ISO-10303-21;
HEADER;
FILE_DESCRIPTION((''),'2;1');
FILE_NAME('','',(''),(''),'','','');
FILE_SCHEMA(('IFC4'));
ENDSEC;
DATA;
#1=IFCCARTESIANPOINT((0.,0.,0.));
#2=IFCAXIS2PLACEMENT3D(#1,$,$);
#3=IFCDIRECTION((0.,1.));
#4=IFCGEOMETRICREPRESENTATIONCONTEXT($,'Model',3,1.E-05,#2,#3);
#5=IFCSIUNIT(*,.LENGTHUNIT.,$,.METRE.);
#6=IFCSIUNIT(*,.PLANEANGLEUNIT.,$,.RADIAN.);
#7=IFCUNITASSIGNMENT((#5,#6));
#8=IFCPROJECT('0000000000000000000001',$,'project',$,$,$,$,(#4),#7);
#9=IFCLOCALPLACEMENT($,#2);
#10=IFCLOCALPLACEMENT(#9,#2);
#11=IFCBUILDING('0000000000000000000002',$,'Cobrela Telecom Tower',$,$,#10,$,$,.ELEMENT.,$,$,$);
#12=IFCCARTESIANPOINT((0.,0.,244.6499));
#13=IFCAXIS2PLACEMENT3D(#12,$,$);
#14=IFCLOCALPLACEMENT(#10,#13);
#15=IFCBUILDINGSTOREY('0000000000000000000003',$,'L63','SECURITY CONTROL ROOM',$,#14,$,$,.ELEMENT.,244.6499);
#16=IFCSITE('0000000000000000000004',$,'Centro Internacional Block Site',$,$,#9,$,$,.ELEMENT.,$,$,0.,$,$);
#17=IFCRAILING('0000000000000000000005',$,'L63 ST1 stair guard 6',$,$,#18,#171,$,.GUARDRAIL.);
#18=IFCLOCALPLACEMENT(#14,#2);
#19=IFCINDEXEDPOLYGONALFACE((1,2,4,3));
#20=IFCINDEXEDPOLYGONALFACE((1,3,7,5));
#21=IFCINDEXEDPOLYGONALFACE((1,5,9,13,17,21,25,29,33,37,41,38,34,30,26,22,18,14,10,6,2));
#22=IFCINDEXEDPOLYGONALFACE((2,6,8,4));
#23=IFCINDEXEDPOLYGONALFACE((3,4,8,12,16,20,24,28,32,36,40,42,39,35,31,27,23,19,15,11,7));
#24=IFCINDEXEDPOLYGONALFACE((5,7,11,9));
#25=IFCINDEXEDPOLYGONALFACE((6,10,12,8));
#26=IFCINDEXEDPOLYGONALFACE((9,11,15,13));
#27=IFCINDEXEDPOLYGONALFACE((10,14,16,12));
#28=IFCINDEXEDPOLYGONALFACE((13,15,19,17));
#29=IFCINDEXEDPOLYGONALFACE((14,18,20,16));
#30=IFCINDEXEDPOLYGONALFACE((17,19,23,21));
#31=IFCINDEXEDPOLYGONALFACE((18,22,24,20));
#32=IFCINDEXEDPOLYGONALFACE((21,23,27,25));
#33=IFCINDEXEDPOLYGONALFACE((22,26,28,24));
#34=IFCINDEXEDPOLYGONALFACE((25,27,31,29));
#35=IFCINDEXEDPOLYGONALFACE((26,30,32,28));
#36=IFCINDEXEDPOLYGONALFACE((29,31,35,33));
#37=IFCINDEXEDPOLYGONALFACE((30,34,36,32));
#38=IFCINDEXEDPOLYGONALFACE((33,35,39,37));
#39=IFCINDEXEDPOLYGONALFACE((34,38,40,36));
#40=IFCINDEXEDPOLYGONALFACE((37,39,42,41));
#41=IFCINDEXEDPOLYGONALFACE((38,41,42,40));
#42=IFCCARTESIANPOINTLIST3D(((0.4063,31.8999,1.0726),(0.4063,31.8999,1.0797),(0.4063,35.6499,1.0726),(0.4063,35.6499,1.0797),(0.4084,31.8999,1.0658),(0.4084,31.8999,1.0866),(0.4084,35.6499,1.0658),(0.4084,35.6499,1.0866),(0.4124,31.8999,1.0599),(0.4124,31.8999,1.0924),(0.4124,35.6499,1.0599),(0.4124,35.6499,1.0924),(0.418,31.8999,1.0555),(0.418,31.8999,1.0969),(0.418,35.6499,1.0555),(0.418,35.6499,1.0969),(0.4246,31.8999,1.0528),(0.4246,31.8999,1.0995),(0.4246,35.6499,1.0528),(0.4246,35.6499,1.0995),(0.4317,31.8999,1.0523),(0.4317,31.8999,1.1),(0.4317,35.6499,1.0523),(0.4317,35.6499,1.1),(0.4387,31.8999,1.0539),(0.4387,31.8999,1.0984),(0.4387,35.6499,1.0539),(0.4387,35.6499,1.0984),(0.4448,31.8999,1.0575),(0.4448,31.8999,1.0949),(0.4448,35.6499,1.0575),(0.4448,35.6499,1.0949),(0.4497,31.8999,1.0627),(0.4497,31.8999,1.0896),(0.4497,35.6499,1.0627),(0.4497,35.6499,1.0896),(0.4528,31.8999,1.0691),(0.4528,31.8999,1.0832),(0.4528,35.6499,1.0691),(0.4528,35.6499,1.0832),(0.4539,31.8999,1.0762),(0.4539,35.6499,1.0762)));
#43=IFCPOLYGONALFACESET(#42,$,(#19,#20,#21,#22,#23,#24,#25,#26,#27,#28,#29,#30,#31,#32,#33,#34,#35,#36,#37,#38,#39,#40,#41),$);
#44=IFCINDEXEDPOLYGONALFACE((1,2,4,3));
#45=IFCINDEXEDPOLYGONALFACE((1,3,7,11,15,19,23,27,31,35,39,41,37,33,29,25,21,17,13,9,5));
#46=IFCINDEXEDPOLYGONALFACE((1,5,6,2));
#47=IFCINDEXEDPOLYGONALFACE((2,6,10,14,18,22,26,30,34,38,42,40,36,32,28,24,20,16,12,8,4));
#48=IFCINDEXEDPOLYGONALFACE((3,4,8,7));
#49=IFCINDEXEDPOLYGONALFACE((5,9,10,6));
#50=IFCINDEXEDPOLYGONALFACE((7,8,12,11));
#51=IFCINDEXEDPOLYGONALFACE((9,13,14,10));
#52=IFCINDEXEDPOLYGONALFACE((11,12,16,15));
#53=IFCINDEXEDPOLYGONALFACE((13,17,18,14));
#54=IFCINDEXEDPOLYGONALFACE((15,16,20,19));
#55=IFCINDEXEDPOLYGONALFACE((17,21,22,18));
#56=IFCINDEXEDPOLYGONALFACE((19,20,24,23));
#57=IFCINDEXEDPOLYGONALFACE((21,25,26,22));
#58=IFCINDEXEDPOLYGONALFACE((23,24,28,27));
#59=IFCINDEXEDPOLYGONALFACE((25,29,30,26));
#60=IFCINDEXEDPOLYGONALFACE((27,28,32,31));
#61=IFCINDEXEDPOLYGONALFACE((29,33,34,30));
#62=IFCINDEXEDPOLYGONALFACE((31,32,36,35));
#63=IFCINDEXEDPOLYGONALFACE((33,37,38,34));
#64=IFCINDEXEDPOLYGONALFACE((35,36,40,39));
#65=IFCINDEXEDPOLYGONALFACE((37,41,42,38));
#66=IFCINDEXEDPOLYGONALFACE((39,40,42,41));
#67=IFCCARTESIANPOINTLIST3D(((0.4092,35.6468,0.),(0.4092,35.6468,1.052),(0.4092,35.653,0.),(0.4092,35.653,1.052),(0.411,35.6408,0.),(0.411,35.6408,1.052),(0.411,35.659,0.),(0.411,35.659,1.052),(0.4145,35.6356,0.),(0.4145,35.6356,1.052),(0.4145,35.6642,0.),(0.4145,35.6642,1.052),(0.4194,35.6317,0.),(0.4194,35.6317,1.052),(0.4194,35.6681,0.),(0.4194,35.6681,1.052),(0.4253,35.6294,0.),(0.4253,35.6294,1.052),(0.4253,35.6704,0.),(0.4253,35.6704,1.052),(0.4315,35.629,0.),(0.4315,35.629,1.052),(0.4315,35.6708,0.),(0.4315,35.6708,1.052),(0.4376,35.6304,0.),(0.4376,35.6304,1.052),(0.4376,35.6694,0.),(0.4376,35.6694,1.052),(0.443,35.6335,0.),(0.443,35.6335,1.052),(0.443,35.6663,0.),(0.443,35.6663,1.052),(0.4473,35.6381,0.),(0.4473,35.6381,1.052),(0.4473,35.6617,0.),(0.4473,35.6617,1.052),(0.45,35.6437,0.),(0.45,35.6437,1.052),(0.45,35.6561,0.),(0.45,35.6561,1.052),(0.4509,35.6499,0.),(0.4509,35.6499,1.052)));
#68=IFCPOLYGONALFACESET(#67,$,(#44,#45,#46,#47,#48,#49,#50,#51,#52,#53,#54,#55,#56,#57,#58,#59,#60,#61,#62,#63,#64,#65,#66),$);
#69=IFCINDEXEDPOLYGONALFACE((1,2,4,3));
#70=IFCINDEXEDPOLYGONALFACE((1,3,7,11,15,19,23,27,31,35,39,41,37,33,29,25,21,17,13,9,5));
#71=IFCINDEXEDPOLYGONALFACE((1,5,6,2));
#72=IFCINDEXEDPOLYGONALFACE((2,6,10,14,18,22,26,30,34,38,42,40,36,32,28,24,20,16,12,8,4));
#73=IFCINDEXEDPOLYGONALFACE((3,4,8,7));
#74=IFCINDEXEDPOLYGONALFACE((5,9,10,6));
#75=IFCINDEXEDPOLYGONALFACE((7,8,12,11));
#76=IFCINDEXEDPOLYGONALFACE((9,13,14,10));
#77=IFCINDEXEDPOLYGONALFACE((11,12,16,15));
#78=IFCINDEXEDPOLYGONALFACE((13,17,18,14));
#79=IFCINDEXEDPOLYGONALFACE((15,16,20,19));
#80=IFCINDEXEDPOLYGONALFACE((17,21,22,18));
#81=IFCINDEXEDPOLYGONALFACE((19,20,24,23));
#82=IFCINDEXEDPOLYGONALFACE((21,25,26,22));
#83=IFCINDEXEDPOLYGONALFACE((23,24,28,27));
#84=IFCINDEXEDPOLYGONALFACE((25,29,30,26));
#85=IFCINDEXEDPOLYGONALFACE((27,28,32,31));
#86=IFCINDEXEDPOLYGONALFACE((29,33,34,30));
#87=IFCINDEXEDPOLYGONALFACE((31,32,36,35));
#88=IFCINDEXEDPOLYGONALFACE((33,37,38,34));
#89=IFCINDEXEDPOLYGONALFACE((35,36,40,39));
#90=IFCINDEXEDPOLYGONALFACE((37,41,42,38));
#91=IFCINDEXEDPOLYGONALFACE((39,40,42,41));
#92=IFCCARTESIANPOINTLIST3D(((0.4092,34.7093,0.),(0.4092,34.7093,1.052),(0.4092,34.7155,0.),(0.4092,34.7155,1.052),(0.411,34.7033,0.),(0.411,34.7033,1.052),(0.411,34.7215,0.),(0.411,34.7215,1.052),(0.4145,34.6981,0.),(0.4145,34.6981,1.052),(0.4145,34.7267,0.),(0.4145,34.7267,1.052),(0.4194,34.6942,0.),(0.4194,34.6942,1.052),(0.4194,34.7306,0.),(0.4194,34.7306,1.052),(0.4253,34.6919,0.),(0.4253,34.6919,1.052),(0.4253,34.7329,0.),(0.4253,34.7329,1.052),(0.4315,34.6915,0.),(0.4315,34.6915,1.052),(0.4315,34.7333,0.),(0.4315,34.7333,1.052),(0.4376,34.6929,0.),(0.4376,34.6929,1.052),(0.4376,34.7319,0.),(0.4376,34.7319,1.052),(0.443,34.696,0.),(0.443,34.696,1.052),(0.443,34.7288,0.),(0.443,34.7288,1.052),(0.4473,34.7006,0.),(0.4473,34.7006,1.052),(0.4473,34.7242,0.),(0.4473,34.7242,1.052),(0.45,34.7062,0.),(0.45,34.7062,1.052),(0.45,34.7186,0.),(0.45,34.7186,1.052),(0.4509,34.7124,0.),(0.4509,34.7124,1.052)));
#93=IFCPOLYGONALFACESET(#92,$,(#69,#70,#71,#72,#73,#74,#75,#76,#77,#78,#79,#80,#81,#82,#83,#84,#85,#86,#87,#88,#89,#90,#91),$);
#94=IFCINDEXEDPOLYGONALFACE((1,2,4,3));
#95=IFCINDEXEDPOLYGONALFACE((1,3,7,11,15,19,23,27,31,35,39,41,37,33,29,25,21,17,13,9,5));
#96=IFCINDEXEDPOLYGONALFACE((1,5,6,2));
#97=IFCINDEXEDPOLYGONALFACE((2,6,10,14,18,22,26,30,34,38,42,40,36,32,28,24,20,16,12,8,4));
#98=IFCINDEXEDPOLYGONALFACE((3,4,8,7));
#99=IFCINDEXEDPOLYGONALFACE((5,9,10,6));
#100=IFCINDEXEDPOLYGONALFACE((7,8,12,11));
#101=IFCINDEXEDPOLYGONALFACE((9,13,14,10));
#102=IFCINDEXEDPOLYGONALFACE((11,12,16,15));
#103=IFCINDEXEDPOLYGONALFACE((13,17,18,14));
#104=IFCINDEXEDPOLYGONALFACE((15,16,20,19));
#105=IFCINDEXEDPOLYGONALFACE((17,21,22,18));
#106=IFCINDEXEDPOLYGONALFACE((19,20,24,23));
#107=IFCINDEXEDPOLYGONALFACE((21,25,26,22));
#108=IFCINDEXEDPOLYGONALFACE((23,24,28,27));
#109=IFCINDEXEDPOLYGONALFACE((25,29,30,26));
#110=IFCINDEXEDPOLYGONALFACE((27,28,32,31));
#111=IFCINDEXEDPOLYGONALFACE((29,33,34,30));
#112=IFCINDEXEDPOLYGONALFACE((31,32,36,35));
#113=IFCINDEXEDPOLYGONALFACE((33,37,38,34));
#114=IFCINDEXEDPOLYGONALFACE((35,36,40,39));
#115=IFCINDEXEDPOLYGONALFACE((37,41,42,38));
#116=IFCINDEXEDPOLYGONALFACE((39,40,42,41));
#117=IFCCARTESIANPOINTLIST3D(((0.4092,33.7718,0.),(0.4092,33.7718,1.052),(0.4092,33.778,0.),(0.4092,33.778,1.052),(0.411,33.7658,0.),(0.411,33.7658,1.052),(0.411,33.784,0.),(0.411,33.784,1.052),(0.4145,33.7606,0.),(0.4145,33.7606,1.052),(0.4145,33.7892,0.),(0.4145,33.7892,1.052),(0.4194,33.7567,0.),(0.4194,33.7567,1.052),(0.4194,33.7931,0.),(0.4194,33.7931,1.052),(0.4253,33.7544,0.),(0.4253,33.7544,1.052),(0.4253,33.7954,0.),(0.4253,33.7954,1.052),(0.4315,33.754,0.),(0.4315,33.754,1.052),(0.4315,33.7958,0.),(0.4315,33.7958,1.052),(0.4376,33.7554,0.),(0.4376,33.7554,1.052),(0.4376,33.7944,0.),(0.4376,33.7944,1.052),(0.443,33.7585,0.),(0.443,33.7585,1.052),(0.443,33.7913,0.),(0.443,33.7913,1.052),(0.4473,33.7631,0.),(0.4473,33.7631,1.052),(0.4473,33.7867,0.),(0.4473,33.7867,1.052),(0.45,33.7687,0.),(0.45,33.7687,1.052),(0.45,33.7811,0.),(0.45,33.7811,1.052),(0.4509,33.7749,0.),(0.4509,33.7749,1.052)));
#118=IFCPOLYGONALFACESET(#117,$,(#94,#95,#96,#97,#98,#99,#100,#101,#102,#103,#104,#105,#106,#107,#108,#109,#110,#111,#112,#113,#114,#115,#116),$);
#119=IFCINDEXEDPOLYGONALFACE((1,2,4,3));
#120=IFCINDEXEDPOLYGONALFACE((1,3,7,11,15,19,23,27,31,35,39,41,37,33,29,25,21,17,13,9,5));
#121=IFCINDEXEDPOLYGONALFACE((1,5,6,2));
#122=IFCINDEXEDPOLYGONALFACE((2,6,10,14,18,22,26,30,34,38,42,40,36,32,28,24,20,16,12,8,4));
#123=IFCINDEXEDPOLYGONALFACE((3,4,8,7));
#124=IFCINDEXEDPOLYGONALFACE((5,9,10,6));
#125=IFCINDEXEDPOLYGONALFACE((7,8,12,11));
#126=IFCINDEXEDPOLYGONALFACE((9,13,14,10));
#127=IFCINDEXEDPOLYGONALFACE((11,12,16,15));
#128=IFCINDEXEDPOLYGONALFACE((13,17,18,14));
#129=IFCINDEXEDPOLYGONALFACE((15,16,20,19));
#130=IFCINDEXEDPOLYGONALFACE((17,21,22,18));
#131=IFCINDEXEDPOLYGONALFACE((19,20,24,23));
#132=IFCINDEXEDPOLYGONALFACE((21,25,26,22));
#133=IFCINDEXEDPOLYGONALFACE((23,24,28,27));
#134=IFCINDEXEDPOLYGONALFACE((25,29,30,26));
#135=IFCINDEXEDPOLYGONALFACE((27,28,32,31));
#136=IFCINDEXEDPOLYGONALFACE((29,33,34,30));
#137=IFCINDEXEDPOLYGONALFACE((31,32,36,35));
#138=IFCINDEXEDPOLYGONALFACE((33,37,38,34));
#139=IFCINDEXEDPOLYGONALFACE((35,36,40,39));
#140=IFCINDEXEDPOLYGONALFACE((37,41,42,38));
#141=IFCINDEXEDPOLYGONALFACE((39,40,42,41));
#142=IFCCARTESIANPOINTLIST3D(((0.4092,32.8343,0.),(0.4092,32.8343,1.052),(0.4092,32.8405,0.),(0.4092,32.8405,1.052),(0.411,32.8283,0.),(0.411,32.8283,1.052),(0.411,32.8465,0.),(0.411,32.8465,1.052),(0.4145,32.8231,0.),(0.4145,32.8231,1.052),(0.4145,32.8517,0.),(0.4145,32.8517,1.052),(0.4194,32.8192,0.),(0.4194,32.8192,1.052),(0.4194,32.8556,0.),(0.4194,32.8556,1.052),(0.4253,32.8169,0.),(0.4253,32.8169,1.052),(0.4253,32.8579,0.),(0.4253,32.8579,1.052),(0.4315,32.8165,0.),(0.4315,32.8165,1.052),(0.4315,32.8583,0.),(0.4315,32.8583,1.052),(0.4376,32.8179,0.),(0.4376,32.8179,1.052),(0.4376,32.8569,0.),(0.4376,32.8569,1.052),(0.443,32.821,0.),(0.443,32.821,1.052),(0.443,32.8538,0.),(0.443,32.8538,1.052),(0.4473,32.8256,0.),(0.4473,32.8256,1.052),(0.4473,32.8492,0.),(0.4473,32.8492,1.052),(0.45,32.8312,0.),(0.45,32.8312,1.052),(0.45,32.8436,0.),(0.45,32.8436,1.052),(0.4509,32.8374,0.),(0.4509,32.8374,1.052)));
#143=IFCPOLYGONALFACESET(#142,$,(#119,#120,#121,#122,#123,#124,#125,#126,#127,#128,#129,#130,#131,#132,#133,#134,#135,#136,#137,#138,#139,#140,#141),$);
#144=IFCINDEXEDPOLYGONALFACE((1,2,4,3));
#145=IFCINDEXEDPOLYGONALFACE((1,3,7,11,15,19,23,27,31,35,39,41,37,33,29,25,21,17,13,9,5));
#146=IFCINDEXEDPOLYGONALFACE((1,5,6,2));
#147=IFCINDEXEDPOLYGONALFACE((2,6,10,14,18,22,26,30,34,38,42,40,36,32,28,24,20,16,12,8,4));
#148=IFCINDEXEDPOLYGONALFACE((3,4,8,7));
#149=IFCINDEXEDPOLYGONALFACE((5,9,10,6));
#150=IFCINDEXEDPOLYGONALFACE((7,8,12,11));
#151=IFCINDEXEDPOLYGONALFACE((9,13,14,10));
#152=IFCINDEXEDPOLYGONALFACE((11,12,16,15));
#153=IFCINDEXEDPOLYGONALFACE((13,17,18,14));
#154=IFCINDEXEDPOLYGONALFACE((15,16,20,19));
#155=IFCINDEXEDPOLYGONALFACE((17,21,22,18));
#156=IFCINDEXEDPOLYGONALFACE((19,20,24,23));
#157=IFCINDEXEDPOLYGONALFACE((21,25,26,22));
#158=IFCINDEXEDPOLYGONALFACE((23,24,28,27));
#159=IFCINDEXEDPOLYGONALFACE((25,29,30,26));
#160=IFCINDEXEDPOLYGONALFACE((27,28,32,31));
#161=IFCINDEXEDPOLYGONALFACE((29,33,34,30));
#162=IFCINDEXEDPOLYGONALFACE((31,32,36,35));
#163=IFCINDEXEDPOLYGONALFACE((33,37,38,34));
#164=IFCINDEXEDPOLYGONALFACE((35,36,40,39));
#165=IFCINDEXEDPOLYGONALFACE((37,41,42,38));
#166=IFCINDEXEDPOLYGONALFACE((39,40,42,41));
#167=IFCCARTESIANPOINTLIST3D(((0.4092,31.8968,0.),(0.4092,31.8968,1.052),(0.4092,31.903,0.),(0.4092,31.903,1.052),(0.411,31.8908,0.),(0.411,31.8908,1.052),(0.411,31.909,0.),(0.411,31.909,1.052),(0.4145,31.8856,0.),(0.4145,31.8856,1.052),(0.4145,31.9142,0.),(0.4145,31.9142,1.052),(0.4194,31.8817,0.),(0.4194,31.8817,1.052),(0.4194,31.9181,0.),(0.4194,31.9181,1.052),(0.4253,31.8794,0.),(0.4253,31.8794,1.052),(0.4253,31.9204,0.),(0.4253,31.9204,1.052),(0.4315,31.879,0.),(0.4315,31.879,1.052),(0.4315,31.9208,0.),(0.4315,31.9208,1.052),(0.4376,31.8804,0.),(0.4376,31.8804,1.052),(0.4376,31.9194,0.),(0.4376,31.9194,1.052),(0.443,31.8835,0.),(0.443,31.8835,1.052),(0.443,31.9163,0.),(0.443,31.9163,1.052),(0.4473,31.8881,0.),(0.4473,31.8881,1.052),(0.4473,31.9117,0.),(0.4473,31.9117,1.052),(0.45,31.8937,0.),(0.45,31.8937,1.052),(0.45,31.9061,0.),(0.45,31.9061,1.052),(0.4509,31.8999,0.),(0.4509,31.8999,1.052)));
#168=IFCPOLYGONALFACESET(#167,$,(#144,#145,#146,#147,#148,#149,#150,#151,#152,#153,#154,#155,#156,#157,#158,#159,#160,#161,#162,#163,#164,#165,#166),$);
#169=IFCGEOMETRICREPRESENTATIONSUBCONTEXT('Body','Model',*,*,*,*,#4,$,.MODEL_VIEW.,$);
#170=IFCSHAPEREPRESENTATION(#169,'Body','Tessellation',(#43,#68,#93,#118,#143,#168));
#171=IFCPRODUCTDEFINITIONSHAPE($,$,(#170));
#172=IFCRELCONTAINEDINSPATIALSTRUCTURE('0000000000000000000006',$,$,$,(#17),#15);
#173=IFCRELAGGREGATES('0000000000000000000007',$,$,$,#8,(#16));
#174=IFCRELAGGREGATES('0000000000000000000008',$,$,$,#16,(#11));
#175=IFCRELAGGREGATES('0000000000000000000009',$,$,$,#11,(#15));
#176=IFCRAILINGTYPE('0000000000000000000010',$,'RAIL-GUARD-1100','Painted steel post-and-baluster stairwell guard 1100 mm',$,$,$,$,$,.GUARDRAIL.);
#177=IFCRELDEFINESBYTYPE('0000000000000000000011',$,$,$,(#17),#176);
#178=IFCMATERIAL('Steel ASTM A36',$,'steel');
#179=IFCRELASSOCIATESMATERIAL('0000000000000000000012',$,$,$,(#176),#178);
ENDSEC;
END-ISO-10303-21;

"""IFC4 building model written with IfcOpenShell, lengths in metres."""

from ifc_helpers import new_model, si_unit, direction, frame, origin, origin_2d, place, context, subcontext, project, spatial, circle, extrude, material, type_object, element, save


model = new_model("IFC4")

# Units and contexts
model_context = context("Model", 3, precision=1e-05, world=origin(), true_north=direction((0.0, 1.0)))
body_context = subcontext(model_context, "Body", "Model", "MODEL_VIEW")
ifc_project = project(units=[si_unit("LENGTHUNIT", "METRE"), si_unit("PLANEANGLEUNIT", "RADIAN")], contexts=[model_context])

# Site, building, storey
site_placement = place(None, origin())
site = spatial("IfcSite", under=ifc_project, at=site_placement, Name="Centro Internacional Block Site", CompositionType="ELEMENT", RefElevation=0.0)
building_placement = place(site_placement, origin())
building = spatial("IfcBuilding", under=site, at=building_placement, Name="Cobrela Telecom Tower", CompositionType="ELEMENT")
storey_placement = place(building_placement, frame((0.0, 0.0, 244.6499)))
storey = spatial("IfcBuildingStorey", under=building, at=storey_placement, Name="L63", Description="SECURITY CONTROL ROOM", CompositionType="ELEMENT", Elevation=244.6499)

# Shared definitions
ifc_material_1 = material(Name="Steel ASTM A36", Category="steel")

# Railing
railing_type_1 = type_object("IfcRailingType", Name="RAIL-GUARD-1100", Description="Painted steel post-and-baluster stairwell guard 1100 mm", PredefinedType="GUARDRAIL", material=ifc_material_1)
railing_1_placement = place(storey_placement, frame((0.4299, 35.6499, 0.0)))
element("IfcRailing", 1, at=railing_1_placement, inside=storey, type_object=railing_type_1, Name="L63 ST1 stair guard 6", PredefinedType="GUARDRAIL", context=body_context, shape_type="SweptSolid", body=[
    extrude(circle(Radius=0.0239, at=origin_2d()), frame((0.0, 0.0, 1.0762), z_axis=(0.0, -1.0, 0.0), x_axis=(1.0, 0.0, 0.0)), (0.0, 0.0, 1.0), 3.75),
    extrude(circle(Radius=0.021, at=origin_2d()), origin(), (0.0, 0.0, 1.0), 1.052),
    extrude(circle(Radius=0.021, at=origin_2d()), frame((0.0, -0.9375, 0.0)), (0.0, 0.0, 1.0), 1.052),
    extrude(circle(Radius=0.021, at=origin_2d()), frame((0.0, -1.875, 0.0)), (0.0, 0.0, 1.0), 1.052),
    extrude(circle(Radius=0.021, at=origin_2d()), frame((0.0, -2.8125, 0.0)), (0.0, 0.0, 1.0), 1.052),
    extrude(circle(Radius=0.021, at=origin_2d()), frame((0.0, -3.75, 0.0)), (0.0, 0.0, 1.0), 1.052),
])

save(model, "model.ifc")
